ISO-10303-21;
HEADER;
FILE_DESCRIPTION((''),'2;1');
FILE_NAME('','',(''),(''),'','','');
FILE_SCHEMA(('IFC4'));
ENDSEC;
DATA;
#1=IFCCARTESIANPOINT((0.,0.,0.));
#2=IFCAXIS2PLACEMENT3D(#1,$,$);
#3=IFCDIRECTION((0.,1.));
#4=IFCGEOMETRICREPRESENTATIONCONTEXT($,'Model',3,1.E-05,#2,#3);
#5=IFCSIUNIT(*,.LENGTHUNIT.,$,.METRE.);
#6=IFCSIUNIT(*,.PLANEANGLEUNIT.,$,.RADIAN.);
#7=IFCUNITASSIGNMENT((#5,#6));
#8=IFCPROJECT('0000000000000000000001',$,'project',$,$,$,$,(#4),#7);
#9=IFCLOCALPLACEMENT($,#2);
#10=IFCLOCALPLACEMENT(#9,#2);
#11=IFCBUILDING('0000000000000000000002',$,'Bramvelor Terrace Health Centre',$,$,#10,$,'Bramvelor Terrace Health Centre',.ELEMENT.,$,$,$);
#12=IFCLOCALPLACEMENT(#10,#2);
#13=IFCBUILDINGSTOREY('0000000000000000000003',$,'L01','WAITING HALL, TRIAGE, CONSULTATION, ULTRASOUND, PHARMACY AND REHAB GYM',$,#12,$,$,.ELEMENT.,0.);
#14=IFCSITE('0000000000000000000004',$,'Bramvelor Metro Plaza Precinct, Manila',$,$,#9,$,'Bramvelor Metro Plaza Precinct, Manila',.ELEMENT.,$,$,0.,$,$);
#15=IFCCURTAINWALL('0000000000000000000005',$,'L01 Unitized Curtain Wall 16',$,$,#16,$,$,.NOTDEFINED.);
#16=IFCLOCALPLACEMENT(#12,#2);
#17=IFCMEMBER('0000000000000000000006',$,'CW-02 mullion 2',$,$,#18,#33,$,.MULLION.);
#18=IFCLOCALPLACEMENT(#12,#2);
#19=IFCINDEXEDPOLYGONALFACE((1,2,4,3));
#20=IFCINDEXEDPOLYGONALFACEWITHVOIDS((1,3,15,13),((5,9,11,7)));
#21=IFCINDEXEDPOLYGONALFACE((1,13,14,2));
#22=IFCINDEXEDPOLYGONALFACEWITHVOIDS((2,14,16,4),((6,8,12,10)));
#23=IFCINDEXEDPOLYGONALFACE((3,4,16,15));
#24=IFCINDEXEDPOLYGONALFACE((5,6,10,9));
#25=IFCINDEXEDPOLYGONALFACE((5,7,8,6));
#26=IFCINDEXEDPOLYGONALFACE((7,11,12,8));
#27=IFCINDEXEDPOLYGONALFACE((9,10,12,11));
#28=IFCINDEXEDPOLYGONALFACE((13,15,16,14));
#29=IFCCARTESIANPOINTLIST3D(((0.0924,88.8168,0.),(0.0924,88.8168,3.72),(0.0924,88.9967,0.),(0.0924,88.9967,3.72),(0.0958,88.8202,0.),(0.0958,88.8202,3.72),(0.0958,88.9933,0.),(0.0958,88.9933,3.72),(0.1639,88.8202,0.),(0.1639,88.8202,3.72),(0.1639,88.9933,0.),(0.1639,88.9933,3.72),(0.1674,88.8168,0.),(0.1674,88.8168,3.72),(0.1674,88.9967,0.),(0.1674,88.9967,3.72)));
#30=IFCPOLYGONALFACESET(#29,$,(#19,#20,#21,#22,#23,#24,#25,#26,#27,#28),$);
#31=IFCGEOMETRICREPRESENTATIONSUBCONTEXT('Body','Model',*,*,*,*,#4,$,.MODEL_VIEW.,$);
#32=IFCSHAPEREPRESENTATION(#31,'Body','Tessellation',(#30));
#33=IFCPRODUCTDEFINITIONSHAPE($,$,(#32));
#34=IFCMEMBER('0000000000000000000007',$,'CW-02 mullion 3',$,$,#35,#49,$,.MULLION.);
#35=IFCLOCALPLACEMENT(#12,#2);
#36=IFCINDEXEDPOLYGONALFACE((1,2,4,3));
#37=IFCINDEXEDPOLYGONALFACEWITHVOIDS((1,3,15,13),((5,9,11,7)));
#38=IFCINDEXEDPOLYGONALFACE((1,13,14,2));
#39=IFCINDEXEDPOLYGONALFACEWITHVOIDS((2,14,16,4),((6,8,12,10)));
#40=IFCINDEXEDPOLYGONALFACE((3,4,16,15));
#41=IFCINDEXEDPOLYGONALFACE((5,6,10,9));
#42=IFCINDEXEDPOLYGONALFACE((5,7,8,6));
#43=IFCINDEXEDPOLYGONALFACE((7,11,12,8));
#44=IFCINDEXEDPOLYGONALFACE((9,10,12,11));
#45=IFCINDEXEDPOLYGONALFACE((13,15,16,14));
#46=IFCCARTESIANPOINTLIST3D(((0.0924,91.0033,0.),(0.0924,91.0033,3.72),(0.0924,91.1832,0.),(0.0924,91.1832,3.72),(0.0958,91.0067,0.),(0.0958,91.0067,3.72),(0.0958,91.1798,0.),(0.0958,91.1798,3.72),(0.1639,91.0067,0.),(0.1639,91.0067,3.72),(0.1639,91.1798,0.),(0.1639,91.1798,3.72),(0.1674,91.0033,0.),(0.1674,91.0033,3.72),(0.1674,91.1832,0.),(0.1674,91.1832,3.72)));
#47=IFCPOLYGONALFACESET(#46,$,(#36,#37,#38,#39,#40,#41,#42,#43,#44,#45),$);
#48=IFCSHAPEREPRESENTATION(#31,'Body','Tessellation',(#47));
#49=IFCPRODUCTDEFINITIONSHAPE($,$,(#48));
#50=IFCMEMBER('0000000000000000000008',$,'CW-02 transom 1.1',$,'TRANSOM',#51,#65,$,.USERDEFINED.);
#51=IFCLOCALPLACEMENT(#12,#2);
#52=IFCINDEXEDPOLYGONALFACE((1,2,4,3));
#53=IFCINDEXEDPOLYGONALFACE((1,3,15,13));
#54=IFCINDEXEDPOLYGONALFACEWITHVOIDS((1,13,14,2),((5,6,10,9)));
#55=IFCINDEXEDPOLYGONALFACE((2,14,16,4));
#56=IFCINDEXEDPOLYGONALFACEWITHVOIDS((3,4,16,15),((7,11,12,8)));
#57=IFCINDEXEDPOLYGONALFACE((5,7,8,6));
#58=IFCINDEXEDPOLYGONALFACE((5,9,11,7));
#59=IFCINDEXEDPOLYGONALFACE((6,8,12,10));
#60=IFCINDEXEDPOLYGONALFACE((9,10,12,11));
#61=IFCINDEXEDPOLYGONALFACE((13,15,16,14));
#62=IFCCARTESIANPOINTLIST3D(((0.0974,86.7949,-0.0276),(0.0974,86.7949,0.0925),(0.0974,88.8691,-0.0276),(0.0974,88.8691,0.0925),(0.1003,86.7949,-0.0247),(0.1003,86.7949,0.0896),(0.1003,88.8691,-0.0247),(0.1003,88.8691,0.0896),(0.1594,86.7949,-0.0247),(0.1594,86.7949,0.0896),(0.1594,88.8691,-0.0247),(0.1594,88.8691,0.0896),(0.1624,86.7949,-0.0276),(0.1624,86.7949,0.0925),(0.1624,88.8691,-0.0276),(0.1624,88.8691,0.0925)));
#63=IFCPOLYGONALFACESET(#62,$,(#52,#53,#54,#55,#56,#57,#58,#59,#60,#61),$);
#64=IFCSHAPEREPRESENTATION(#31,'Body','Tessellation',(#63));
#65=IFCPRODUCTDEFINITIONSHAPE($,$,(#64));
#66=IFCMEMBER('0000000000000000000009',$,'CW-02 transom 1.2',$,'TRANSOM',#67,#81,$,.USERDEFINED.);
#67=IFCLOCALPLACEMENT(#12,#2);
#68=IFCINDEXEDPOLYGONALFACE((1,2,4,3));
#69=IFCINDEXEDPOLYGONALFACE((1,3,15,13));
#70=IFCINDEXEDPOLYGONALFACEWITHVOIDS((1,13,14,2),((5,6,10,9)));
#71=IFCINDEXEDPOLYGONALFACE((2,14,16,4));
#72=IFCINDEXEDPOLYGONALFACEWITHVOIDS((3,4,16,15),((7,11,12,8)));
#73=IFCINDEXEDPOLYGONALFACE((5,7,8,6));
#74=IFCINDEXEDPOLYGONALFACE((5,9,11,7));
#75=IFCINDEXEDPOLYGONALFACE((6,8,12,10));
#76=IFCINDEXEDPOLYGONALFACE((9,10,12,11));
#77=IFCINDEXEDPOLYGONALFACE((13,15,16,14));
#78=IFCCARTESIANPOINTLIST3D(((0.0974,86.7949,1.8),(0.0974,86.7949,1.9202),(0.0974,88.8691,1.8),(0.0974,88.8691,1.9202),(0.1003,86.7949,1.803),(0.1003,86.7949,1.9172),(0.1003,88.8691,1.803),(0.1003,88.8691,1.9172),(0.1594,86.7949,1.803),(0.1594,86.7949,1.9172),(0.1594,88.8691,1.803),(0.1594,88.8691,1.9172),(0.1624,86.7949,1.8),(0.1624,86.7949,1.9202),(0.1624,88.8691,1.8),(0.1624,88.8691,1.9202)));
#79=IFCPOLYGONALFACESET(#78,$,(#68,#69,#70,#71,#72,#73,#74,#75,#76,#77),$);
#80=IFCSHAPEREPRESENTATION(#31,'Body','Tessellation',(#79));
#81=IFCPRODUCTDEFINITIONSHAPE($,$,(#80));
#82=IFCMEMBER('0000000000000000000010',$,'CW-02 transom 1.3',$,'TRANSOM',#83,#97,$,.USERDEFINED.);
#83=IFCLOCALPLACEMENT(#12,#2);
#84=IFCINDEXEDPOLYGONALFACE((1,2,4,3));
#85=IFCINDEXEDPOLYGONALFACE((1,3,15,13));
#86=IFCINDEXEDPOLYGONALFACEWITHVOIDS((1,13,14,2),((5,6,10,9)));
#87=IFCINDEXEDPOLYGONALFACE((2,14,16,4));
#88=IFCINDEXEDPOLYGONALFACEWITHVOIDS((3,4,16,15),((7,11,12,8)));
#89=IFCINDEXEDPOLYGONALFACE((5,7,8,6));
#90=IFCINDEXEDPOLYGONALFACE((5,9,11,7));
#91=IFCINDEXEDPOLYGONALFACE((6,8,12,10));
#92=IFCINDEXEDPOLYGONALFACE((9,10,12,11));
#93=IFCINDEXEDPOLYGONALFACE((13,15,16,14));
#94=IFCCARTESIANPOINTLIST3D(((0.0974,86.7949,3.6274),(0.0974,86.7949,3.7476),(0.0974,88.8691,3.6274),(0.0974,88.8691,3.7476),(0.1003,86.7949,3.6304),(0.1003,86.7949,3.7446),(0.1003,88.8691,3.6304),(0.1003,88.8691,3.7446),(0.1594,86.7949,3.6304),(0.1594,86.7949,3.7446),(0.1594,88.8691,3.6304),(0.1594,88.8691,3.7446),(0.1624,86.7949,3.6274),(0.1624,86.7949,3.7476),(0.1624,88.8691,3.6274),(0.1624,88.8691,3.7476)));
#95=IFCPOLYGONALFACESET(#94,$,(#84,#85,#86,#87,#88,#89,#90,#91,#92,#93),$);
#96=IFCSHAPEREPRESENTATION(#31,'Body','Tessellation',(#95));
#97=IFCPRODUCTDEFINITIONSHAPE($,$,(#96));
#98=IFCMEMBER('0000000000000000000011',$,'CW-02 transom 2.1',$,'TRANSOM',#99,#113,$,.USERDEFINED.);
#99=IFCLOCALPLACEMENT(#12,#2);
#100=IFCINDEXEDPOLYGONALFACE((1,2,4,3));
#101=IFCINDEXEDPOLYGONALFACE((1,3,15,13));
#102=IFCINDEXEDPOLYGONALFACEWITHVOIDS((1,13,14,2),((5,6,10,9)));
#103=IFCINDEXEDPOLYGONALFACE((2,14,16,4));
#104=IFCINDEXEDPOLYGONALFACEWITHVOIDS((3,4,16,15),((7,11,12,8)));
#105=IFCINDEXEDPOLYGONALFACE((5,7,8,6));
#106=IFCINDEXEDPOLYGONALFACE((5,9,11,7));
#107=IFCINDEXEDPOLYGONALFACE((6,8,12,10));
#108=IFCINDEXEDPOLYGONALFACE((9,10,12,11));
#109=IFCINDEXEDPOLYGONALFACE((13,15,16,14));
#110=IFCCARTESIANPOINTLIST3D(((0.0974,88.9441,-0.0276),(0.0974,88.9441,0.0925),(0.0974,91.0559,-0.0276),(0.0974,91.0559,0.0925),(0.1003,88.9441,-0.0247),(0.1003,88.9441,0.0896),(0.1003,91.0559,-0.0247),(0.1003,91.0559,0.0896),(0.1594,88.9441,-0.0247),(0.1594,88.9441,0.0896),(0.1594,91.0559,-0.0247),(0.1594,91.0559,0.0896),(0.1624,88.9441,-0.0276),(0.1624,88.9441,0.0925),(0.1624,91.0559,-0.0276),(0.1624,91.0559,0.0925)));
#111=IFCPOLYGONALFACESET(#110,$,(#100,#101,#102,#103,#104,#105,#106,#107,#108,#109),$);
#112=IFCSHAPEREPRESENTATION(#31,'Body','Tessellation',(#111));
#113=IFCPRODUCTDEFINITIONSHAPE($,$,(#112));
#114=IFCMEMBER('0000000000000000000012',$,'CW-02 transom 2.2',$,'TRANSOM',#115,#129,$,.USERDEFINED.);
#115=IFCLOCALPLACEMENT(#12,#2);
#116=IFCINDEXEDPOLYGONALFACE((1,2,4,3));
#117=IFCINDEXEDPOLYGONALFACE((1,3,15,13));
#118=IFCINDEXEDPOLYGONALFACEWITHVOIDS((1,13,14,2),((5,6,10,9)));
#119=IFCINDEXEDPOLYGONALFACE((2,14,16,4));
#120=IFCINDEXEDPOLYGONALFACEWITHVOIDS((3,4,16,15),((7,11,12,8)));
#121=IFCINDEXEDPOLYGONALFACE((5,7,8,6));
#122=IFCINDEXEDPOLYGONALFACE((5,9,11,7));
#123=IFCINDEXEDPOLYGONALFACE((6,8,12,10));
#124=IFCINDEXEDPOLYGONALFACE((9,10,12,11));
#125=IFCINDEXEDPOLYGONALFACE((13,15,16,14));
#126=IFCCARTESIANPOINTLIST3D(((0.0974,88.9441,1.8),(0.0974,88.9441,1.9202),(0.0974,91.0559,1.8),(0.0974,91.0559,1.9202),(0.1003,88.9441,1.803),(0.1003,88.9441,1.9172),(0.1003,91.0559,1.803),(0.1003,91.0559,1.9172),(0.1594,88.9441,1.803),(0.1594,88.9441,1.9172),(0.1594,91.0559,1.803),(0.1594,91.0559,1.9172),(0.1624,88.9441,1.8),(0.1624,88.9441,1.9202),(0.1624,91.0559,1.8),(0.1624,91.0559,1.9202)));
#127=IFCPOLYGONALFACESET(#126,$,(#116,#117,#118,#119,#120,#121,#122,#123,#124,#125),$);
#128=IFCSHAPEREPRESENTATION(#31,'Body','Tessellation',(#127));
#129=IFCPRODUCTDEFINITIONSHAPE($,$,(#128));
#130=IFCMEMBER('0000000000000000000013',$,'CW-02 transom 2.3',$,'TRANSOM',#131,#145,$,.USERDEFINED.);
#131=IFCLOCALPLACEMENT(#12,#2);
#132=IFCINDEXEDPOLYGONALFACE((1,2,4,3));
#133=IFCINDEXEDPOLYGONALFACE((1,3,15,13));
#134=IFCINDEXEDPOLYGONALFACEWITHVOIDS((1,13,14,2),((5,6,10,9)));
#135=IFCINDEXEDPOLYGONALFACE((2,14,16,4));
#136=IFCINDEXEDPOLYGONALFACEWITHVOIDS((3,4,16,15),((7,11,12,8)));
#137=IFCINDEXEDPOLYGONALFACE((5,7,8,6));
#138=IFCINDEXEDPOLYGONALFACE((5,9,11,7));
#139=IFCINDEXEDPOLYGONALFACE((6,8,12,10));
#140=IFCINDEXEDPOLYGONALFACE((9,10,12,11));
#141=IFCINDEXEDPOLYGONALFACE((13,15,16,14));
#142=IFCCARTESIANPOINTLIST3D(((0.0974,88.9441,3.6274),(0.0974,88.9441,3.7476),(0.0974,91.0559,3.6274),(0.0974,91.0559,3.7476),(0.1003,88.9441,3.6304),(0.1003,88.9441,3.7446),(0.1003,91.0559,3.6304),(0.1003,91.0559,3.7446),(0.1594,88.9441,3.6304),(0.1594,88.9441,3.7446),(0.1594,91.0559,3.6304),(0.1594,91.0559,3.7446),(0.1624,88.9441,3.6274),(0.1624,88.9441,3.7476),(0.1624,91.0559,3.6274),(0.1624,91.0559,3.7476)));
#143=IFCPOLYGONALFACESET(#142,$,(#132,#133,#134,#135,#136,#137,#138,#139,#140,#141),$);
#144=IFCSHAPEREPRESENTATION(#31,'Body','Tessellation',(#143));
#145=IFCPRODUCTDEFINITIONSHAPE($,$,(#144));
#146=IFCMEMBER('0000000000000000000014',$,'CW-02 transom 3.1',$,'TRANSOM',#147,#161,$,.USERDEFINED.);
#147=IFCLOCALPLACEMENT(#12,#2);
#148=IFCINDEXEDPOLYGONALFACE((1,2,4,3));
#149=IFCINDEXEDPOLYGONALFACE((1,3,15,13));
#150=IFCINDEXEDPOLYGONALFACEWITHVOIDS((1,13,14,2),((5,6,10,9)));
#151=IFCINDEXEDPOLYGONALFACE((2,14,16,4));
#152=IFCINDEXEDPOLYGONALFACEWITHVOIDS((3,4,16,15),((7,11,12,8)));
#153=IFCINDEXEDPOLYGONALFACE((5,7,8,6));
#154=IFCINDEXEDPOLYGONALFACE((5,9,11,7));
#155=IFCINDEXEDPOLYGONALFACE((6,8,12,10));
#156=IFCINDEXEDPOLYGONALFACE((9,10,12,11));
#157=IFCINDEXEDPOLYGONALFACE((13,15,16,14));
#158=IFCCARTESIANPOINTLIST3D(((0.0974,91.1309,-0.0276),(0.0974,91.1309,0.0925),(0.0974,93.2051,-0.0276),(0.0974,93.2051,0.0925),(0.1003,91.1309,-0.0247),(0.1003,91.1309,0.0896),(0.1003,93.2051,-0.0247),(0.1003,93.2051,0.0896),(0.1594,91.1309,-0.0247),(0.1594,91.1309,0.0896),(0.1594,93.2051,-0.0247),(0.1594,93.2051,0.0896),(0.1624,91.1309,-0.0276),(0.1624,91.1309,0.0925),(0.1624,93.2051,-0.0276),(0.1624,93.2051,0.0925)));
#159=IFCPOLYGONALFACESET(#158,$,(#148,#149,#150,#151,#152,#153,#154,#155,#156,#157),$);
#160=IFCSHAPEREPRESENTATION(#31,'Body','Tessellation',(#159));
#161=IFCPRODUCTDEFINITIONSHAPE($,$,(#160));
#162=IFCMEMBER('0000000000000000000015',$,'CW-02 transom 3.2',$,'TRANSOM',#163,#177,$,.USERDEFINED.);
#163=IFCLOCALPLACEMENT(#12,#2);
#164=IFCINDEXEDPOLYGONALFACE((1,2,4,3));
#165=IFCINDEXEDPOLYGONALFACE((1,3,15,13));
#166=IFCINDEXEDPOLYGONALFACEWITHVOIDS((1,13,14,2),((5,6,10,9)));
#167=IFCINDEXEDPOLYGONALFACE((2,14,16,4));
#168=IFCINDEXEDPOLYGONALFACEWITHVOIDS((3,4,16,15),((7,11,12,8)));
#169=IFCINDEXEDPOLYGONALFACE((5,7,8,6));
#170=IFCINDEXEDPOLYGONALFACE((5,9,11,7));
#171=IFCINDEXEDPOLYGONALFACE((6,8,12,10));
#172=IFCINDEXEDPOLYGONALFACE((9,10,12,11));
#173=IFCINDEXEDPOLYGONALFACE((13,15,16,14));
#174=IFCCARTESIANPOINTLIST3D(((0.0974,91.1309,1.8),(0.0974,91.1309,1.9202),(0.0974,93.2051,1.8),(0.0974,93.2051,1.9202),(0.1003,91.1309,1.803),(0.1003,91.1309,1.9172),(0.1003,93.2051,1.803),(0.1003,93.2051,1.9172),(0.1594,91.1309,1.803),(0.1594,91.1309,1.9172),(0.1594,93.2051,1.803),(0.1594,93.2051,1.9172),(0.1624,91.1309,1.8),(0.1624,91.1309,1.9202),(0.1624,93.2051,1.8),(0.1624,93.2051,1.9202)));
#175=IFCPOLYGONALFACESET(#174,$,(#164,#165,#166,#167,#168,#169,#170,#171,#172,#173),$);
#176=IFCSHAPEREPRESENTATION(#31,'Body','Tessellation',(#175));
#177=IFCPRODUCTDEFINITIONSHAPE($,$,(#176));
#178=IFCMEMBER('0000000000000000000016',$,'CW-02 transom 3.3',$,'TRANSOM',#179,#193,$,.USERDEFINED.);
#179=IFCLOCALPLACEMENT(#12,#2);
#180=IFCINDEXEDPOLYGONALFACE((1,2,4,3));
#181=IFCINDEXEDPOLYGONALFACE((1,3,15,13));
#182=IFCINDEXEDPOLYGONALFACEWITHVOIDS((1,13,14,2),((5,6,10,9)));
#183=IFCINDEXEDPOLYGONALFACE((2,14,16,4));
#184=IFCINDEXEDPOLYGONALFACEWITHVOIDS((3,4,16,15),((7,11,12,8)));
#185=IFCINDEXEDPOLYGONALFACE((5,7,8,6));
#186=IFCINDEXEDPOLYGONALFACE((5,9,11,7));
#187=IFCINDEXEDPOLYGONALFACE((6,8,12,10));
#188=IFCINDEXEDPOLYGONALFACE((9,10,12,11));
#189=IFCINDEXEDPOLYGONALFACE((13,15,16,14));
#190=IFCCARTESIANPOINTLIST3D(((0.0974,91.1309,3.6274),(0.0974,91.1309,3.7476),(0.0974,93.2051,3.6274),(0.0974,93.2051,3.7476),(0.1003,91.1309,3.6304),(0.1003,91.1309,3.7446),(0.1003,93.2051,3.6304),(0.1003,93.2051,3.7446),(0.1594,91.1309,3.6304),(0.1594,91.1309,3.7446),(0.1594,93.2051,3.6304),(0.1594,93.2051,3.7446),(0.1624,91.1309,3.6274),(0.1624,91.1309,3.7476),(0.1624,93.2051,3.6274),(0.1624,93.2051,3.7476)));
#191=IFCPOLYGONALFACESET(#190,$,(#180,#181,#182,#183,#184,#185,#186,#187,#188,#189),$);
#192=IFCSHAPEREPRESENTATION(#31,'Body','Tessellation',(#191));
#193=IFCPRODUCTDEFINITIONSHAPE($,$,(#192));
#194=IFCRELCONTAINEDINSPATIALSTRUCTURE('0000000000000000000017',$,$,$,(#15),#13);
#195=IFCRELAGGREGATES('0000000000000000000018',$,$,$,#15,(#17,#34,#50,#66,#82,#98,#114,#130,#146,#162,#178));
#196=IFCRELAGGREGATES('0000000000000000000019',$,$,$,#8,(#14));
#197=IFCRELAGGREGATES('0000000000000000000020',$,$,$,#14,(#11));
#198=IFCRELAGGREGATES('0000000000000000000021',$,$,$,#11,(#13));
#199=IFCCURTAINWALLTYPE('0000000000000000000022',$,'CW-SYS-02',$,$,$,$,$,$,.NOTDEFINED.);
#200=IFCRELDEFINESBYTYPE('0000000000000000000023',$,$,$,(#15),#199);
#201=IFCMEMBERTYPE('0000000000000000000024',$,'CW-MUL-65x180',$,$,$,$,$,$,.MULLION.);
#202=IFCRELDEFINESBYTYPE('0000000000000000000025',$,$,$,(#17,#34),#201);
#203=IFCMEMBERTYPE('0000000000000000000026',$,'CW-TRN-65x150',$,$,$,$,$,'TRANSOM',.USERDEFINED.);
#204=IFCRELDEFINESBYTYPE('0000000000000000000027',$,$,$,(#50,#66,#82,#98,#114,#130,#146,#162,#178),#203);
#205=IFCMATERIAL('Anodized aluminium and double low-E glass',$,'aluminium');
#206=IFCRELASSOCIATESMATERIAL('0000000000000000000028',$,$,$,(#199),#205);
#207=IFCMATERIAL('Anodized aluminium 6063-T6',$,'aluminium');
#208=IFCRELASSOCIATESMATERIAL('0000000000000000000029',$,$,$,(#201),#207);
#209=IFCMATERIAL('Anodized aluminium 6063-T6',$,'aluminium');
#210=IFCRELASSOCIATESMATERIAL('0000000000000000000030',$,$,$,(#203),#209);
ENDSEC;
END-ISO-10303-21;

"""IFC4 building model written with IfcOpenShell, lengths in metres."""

from ifc_helpers import new_model, si_unit, direction, frame, origin, origin_2d, place, context, subcontext, project, spatial, hollow_rectangle, extrude, material, material_profile, profile_set, type_object, element, aggregate, save


model = new_model("IFC4")

# Units and contexts
model_context = context("Model", 3, precision=1e-05, world=origin(), true_north=direction((0.0, 1.0)))
body_context = subcontext(model_context, "Body", "Model", "MODEL_VIEW")
ifc_project = project(units=[si_unit("LENGTHUNIT", "METRE"), si_unit("PLANEANGLEUNIT", "RADIAN")], contexts=[model_context])

# Site, building, storey
site_placement = place(None, origin())
site = spatial("IfcSite", under=ifc_project, at=site_placement, Name="Bramvelor Metro Plaza Precinct, Manila", LongName="Bramvelor Metro Plaza Precinct, Manila", CompositionType="ELEMENT", RefElevation=0.0)
building_placement = place(site_placement, origin())
building = spatial("IfcBuilding", under=site, at=building_placement, Name="Bramvelor Terrace Health Centre", LongName="Bramvelor Terrace Health Centre", CompositionType="ELEMENT")
storey_placement = place(building_placement, origin())
storey = spatial("IfcBuildingStorey", under=building, at=storey_placement, Name="L01", Description="WAITING HALL, TRIAGE, CONSULTATION, ULTRASOUND, PHARMACY AND REHAB GYM", CompositionType="ELEMENT", Elevation=0.0)

# Curtain wall, members
ifc_material_1 = material(Name="Anodized aluminium and double low-E glass", Category="aluminium")
curtain_wall_type = type_object("IfcCurtainWallType", Name="CW-SYS-02", PredefinedType="NOTDEFINED", material=ifc_material_1)
curtain_wall_placement = place(storey_placement, origin())
curtain_wall = element("IfcCurtainWall", 1, at=curtain_wall_placement, inside=storey, type_object=curtain_wall_type, Name="L01 Unitized Curtain Wall 16", PredefinedType="NOTDEFINED")
ifc_material_2 = material(Name="Anodized aluminium 6063-T6", Category="aluminium")
ifc_material_profile_1 = material_profile(ifc_material_2, hollow_rectangle(XDim=0.075, YDim=0.1799, WallThickness=0.0034, at=origin_2d()), Name="ALU-MUL 75x180x3.5")
ifc_profile_set_1 = profile_set([ifc_material_profile_1], Name="Anodized aluminium 6063-T6")
member_type_1 = type_object("IfcMemberType", Name="CW-MUL-65x180", PredefinedType="MULLION", material=ifc_profile_set_1)
member_1_placement = place(storey_placement, frame((0.1299, 88.9067, 0.0), z_axis=(0.0, 0.0, 1.0), x_axis=(-1.0, 0.0, 0.0)))
member_1 = element("IfcMember", 2, at=member_1_placement, type_object=member_type_1, Name="CW-02 mullion 2", PredefinedType="MULLION", context=body_context, shape_type="SweptSolid", body=[
    extrude(hollow_rectangle(XDim=0.075, YDim=0.1799, WallThickness=0.0034, at=origin_2d()), origin(), (0.0, 0.0, 1.0), 3.72),
])
member_2_placement = place(storey_placement, frame((0.1299, 91.0933, 0.0), z_axis=(0.0, 0.0, 1.0), x_axis=(-1.0, 0.0, 0.0)))
member_2 = element("IfcMember", 3, at=member_2_placement, type_object=member_type_1, Name="CW-02 mullion 3", PredefinedType="MULLION", context=body_context, shape_type="SweptSolid", body=[
    extrude(hollow_rectangle(XDim=0.075, YDim=0.1799, WallThickness=0.0034, at=origin_2d()), origin(), (0.0, 0.0, 1.0), 3.72),
])
ifc_material_3 = material(Name="Anodized aluminium 6063-T6", Category="aluminium")
ifc_material_profile_2 = material_profile(ifc_material_3, hollow_rectangle(XDim=0.0649, YDim=0.1201, WallThickness=0.0029, at=origin_2d()), Name="ALU-TRN 65x120x3.0")
ifc_profile_set_2 = profile_set([ifc_material_profile_2], Name="Anodized aluminium 6063-T6")
member_type_2 = type_object("IfcMemberType", Name="CW-TRN-65x150", ElementType="TRANSOM", PredefinedType="USERDEFINED", material=ifc_profile_set_2)
member_3_placement = place(storey_placement, frame((0.1299, 86.7949, 0.0325), z_axis=(0.0, 1.0, 0.0), x_axis=(-1.0, 0.0, 0.0)))
member_3 = element("IfcMember", 4, at=member_3_placement, type_object=member_type_2, Name="CW-02 transom 1.1", ObjectType="TRANSOM", PredefinedType="USERDEFINED", context=body_context, shape_type="SweptSolid", body=[
    extrude(hollow_rectangle(XDim=0.0649, YDim=0.1201, WallThickness=0.0029, at=origin_2d()), origin(), (0.0, 0.0, 1.0), 2.0742),
])
member_4_placement = place(storey_placement, frame((0.1299, 86.7949, 1.8601), z_axis=(0.0, 1.0, 0.0), x_axis=(-1.0, 0.0, 0.0)))
member_4 = element("IfcMember", 5, at=member_4_placement, type_object=member_type_2, Name="CW-02 transom 1.2", ObjectType="TRANSOM", PredefinedType="USERDEFINED", context=body_context, shape_type="SweptSolid", body=[
    extrude(hollow_rectangle(XDim=0.0649, YDim=0.1201, WallThickness=0.0029, at=origin_2d()), origin(), (0.0, 0.0, 1.0), 2.0742),
])
member_5_placement = place(storey_placement, frame((0.1299, 86.7949, 3.6875), z_axis=(0.0, 1.0, 0.0), x_axis=(-1.0, 0.0, 0.0)))
member_5 = element("IfcMember", 6, at=member_5_placement, type_object=member_type_2, Name="CW-02 transom 1.3", ObjectType="TRANSOM", PredefinedType="USERDEFINED", context=body_context, shape_type="SweptSolid", body=[
    extrude(hollow_rectangle(XDim=0.0649, YDim=0.1201, WallThickness=0.0029, at=origin_2d()), origin(), (0.0, 0.0, 1.0), 2.0742),
])
member_6_placement = place(storey_placement, frame((0.1299, 88.9441, 0.0325), z_axis=(0.0, 1.0, 0.0), x_axis=(-1.0, 0.0, 0.0)))
member_6 = element("IfcMember", 7, at=member_6_placement, type_object=member_type_2, Name="CW-02 transom 2.1", ObjectType="TRANSOM", PredefinedType="USERDEFINED", context=body_context, shape_type="SweptSolid", body=[
    extrude(hollow_rectangle(XDim=0.0649, YDim=0.1201, WallThickness=0.0029, at=origin_2d()), origin(), (0.0, 0.0, 1.0), 2.1118),
])
member_7_placement = place(storey_placement, frame((0.1299, 88.9441, 1.8601), z_axis=(0.0, 1.0, 0.0), x_axis=(-1.0, 0.0, 0.0)))
member_7 = element("IfcMember", 8, at=member_7_placement, type_object=member_type_2, Name="CW-02 transom 2.2", ObjectType="TRANSOM", PredefinedType="USERDEFINED", context=body_context, shape_type="SweptSolid", body=[
    extrude(hollow_rectangle(XDim=0.0649, YDim=0.1201, WallThickness=0.0029, at=origin_2d()), origin(), (0.0, 0.0, 1.0), 2.1118),
])
member_8_placement = place(storey_placement, frame((0.1299, 88.9441, 3.6875), z_axis=(0.0, 1.0, 0.0), x_axis=(-1.0, 0.0, 0.0)))
member_8 = element("IfcMember", 9, at=member_8_placement, type_object=member_type_2, Name="CW-02 transom 2.3", ObjectType="TRANSOM", PredefinedType="USERDEFINED", context=body_context, shape_type="SweptSolid", body=[
    extrude(hollow_rectangle(XDim=0.0649, YDim=0.1201, WallThickness=0.0029, at=origin_2d()), origin(), (0.0, 0.0, 1.0), 2.1118),
])
member_9_placement = place(storey_placement, frame((0.1299, 91.1309, 0.0325), z_axis=(0.0, 1.0, 0.0), x_axis=(-1.0, 0.0, 0.0)))
member_9 = element("IfcMember", 10, at=member_9_placement, type_object=member_type_2, Name="CW-02 transom 3.1", ObjectType="TRANSOM", PredefinedType="USERDEFINED", context=body_context, shape_type="SweptSolid", body=[
    extrude(hollow_rectangle(XDim=0.0649, YDim=0.1201, WallThickness=0.0029, at=origin_2d()), origin(), (0.0, 0.0, 1.0), 2.0742),
])
member_10_placement = place(storey_placement, frame((0.1299, 91.1309, 1.8601), z_axis=(0.0, 1.0, 0.0), x_axis=(-1.0, 0.0, 0.0)))
member_10 = element("IfcMember", 11, at=member_10_placement, type_object=member_type_2, Name="CW-02 transom 3.2", ObjectType="TRANSOM", PredefinedType="USERDEFINED", context=body_context, shape_type="SweptSolid", body=[
    extrude(hollow_rectangle(XDim=0.0649, YDim=0.1201, WallThickness=0.0029, at=origin_2d()), origin(), (0.0, 0.0, 1.0), 2.0742),
])
member_11_placement = place(storey_placement, frame((0.1299, 91.1309, 3.6875), z_axis=(0.0, 1.0, 0.0), x_axis=(-1.0, 0.0, 0.0)))
member_11 = element("IfcMember", 12, at=member_11_placement, type_object=member_type_2, Name="CW-02 transom 3.3", ObjectType="TRANSOM", PredefinedType="USERDEFINED", context=body_context, shape_type="SweptSolid", body=[
    extrude(hollow_rectangle(XDim=0.0649, YDim=0.1201, WallThickness=0.0029, at=origin_2d()), origin(), (0.0, 0.0, 1.0), 2.0742),
])
aggregate(curtain_wall, [member_1, member_2, member_3, member_4, member_5, member_6, member_7, member_8, member_9, member_10, member_11])

save(model, "model.ifc")
